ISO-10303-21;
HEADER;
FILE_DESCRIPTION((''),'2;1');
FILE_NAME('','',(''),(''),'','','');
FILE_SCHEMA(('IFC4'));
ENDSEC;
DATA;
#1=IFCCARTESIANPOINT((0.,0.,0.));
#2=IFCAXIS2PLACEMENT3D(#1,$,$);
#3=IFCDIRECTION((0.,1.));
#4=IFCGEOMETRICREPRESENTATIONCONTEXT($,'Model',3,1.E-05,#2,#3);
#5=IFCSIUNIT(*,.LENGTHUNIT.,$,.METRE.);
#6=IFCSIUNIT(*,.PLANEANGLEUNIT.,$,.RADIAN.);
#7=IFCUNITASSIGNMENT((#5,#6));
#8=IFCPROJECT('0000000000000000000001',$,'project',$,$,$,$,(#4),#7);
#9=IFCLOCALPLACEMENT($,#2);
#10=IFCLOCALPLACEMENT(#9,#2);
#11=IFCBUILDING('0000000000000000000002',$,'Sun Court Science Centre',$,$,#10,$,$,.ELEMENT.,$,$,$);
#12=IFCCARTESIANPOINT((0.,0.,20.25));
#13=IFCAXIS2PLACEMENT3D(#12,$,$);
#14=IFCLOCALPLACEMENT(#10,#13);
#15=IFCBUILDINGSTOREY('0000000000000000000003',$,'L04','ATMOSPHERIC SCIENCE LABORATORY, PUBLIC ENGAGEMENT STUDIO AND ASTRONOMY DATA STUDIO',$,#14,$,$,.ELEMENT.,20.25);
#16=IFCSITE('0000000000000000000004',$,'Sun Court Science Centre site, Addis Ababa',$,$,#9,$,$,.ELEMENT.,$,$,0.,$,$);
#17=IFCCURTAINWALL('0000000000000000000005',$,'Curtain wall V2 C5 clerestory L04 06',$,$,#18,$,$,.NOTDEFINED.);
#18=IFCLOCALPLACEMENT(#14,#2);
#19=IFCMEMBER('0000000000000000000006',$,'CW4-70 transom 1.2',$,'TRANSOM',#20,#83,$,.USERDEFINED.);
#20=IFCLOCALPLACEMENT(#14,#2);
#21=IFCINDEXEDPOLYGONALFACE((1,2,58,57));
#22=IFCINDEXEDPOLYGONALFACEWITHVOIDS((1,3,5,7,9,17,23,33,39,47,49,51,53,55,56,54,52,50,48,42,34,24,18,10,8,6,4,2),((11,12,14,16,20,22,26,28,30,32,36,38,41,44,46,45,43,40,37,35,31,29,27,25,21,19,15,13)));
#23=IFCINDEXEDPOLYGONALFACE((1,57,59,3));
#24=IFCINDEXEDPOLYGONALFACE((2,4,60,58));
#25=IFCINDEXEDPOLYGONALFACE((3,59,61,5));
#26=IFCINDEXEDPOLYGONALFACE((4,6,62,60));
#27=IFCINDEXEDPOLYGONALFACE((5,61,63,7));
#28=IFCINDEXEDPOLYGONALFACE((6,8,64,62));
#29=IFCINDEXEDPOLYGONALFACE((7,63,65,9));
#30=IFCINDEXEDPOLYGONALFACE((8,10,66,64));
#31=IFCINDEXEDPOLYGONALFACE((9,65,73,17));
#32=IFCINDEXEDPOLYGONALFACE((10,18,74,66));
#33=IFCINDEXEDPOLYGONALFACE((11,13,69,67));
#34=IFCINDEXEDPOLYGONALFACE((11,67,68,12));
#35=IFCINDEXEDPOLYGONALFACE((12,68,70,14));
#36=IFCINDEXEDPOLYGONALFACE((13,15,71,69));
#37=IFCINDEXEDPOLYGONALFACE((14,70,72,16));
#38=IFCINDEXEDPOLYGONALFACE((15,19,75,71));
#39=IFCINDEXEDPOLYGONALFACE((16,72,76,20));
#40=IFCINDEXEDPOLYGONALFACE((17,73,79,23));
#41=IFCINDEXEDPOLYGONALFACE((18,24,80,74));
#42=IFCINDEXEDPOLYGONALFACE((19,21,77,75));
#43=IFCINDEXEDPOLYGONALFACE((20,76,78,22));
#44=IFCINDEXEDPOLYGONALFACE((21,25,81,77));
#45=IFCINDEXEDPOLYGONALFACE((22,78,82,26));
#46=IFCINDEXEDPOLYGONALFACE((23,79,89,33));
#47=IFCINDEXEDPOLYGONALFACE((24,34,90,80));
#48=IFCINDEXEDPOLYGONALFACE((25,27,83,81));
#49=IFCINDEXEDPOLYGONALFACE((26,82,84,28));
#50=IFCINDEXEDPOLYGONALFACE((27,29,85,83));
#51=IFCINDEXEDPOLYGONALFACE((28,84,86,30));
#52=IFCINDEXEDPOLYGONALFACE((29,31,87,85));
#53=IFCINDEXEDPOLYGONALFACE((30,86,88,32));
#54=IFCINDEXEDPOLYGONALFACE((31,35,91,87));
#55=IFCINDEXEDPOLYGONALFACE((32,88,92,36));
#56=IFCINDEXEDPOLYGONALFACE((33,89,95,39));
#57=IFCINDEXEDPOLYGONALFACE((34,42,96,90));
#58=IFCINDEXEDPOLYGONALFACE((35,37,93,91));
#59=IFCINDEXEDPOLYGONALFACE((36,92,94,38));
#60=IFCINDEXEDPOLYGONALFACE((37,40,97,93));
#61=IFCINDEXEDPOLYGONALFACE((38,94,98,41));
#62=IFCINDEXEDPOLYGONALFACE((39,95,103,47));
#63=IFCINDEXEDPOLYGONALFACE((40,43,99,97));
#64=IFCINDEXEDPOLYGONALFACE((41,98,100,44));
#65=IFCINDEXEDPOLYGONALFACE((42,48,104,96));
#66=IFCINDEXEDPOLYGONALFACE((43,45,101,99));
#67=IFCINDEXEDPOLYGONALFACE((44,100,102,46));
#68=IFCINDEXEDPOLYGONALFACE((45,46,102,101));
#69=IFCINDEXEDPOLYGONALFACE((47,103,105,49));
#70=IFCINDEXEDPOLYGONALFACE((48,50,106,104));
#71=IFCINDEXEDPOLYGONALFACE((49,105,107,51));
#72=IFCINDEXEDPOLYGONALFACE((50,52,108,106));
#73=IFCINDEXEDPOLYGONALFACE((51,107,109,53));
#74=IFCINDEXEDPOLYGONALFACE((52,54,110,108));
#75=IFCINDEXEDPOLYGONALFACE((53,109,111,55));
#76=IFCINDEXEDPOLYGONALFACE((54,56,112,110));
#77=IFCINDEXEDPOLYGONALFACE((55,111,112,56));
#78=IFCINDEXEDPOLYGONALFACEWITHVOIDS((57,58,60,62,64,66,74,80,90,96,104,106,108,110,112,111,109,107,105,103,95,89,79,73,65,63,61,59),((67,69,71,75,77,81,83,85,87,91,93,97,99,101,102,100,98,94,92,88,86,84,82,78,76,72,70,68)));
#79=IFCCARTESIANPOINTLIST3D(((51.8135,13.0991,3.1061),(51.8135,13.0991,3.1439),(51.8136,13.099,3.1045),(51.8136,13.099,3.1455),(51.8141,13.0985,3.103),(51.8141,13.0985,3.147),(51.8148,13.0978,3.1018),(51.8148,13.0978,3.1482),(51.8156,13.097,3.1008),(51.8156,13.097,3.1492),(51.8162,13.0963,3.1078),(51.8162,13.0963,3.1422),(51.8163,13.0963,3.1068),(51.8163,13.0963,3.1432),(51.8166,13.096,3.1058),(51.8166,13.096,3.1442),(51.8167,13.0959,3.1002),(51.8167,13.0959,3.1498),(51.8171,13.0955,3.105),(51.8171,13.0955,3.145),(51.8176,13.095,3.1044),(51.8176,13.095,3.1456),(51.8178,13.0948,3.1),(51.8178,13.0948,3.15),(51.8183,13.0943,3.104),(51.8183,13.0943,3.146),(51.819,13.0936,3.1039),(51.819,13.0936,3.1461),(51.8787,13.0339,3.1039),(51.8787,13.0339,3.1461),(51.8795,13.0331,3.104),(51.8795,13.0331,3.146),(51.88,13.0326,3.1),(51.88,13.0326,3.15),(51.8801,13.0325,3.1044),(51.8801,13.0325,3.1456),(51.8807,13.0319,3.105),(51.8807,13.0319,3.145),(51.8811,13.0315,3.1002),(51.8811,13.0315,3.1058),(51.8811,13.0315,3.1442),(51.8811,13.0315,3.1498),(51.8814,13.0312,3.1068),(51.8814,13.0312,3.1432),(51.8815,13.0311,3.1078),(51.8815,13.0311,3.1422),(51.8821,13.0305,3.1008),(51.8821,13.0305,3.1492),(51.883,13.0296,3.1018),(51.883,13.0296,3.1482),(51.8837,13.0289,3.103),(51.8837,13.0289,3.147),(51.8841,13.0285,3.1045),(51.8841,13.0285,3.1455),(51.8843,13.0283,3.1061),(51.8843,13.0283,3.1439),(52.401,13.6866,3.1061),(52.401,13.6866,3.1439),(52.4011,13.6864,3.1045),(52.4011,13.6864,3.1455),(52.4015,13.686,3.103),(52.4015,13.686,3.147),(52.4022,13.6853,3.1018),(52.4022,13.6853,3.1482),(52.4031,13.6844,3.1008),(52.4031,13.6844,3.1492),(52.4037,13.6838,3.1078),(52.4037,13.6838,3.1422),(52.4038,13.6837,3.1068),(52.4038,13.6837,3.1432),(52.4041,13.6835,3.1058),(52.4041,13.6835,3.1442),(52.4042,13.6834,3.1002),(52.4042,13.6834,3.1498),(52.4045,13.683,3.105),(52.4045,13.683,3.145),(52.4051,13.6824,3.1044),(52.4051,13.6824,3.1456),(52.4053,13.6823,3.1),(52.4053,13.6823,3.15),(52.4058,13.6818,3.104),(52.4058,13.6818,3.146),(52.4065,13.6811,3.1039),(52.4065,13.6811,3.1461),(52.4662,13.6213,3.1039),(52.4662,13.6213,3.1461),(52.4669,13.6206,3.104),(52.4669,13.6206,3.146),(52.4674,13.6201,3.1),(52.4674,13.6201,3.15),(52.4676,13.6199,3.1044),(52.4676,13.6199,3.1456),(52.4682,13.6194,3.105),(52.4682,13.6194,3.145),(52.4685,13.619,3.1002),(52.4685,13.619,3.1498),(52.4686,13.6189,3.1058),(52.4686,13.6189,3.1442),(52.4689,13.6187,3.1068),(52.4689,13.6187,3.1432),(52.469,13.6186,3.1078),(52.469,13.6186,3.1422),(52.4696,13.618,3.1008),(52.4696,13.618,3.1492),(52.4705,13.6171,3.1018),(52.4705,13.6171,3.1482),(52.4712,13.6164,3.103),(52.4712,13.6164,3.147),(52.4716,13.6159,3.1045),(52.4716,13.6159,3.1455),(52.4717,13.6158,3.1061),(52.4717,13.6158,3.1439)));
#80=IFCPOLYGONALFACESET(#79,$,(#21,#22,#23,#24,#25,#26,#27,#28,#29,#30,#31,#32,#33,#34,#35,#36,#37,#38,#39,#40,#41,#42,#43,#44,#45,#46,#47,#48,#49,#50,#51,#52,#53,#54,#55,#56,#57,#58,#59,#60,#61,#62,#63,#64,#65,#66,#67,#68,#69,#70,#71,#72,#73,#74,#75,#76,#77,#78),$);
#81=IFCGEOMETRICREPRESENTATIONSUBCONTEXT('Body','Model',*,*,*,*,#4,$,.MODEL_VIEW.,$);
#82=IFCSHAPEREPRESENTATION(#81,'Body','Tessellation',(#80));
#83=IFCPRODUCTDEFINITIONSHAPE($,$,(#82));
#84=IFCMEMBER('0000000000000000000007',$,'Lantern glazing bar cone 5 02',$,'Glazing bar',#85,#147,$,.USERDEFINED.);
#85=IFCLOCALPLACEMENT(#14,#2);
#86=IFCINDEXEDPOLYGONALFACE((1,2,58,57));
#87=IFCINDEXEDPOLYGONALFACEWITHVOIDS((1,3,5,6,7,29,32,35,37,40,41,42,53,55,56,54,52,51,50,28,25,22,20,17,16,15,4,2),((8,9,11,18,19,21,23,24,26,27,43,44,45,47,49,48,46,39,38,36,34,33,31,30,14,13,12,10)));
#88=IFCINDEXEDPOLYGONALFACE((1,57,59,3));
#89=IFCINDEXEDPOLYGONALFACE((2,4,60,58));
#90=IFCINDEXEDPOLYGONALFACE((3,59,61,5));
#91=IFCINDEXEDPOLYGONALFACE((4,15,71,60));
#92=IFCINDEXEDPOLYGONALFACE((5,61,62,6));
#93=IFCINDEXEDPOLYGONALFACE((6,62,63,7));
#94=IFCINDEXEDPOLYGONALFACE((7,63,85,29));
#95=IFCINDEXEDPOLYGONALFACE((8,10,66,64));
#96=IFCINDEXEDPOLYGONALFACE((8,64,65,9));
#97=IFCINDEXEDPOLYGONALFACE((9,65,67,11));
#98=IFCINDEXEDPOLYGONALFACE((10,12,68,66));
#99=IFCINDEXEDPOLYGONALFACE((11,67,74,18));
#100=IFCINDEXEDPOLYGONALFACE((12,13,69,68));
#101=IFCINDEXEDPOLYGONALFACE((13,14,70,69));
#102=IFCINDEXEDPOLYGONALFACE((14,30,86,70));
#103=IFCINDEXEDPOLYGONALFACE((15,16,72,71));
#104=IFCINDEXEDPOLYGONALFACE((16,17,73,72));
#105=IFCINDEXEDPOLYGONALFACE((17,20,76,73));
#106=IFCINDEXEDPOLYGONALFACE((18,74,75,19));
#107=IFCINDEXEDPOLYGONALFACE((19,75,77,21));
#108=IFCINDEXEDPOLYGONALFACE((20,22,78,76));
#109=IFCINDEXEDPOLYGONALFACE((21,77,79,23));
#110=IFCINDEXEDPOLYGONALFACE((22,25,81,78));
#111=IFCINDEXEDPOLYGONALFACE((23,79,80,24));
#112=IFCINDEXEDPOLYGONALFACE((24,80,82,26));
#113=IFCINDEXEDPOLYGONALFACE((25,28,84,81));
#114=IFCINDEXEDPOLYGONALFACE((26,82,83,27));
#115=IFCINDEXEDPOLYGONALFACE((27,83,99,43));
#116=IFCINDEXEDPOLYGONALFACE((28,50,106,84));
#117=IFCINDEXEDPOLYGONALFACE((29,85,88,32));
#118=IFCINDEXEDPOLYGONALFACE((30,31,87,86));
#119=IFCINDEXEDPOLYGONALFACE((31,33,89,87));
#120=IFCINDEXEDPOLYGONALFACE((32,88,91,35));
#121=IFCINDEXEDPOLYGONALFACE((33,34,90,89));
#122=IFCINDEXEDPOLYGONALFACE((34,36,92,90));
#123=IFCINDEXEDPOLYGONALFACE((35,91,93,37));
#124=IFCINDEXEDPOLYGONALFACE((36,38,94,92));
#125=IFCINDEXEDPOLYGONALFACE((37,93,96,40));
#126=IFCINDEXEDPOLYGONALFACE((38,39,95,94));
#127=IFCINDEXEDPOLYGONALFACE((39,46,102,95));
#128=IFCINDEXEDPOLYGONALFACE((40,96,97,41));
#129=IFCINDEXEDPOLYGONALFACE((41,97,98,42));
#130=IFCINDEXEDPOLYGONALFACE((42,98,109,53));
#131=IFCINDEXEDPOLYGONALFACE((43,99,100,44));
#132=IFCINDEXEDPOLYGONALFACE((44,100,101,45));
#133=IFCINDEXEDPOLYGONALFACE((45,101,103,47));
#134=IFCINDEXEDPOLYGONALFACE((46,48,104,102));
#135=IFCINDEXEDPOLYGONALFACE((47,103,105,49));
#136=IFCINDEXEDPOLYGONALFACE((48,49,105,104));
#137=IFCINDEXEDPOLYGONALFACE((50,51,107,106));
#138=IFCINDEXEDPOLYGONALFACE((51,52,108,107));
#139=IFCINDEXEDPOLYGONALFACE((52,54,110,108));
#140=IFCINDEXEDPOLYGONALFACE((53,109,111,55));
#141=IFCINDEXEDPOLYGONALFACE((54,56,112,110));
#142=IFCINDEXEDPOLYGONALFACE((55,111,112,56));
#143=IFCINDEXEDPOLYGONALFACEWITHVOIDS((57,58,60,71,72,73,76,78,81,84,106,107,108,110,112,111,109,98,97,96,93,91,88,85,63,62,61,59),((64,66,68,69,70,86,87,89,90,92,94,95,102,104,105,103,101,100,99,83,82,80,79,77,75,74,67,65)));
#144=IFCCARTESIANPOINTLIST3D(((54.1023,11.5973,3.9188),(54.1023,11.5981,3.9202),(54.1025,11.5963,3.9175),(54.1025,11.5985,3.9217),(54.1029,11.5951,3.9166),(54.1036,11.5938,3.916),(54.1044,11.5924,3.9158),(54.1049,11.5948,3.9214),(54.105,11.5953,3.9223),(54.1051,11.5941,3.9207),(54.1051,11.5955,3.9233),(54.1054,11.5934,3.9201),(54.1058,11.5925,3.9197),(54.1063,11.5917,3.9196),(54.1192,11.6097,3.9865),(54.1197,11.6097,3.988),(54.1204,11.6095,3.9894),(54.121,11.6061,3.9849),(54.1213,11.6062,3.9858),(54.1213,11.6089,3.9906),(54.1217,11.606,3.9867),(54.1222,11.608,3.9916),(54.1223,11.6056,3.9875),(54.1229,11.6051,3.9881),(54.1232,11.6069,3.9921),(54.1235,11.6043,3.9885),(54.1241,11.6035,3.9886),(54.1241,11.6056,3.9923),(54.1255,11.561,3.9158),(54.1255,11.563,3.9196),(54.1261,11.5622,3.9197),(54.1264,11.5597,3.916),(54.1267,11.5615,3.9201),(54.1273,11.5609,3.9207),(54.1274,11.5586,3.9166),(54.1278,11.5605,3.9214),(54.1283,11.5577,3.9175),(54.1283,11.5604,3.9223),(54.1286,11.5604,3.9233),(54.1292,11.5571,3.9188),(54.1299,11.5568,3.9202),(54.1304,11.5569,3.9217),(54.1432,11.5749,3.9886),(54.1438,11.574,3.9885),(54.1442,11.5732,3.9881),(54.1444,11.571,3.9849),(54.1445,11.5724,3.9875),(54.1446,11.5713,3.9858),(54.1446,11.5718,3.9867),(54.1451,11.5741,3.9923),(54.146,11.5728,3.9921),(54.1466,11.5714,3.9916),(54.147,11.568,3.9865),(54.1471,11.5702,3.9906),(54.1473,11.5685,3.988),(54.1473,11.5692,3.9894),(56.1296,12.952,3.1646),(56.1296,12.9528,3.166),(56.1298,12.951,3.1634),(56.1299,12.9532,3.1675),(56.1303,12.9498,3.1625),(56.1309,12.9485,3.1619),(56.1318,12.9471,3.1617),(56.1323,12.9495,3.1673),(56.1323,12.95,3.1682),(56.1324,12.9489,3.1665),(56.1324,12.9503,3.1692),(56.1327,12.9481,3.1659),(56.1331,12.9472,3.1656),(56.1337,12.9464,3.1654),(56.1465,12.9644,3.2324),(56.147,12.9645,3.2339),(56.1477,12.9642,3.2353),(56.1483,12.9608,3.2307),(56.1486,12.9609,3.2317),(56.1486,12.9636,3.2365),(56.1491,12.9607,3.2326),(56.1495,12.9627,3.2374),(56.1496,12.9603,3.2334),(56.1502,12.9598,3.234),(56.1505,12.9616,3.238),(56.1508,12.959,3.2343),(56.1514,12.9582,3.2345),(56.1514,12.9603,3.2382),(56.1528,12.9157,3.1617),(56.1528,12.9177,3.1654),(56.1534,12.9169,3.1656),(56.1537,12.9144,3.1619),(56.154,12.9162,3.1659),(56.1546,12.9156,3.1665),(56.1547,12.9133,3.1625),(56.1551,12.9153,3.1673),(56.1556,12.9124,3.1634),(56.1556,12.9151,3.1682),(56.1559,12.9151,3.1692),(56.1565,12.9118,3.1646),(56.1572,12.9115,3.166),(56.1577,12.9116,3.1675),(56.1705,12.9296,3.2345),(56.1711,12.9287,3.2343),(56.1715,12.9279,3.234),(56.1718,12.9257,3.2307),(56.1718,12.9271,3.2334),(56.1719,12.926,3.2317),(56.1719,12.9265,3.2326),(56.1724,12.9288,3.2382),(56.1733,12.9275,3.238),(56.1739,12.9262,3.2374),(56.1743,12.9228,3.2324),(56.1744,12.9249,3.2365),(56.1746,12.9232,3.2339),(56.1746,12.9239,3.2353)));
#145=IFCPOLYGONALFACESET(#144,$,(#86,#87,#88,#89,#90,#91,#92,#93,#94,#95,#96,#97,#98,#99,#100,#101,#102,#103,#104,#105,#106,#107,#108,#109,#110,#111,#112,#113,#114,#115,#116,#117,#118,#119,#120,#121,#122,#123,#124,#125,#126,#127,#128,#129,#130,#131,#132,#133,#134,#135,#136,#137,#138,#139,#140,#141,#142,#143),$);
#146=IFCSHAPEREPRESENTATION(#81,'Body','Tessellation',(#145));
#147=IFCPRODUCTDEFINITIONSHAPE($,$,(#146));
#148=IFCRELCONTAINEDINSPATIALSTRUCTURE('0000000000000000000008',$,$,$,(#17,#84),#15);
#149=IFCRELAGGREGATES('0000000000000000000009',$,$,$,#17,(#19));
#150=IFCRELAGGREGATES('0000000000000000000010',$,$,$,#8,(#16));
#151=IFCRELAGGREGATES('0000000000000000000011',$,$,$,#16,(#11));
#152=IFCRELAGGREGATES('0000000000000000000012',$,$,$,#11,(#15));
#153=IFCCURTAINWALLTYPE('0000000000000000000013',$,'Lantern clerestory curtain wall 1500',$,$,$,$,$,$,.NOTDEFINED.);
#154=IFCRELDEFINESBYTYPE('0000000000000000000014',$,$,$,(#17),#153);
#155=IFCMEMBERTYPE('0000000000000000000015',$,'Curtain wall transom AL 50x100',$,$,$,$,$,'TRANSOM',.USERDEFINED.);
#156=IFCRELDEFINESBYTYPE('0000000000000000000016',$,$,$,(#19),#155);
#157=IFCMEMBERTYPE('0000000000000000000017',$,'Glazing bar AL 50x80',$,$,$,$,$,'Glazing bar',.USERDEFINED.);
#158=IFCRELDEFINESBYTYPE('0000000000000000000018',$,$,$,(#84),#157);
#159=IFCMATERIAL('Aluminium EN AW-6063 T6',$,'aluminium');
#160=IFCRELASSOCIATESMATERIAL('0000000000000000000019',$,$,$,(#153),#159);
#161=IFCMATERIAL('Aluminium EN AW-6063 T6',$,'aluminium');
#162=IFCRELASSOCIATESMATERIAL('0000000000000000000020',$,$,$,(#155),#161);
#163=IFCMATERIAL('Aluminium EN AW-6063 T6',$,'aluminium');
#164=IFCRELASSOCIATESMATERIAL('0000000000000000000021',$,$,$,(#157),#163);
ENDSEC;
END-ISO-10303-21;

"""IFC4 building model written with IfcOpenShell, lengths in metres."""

from ifc_helpers import new_model, si_unit, direction, frame, origin, origin_2d, place, context, subcontext, project, spatial, hollow_rectangle, extrude, material, material_profile, profile_set, type_object, element, aggregate, save


model = new_model("IFC4")

# Units and contexts
model_context = context("Model", 3, precision=1e-05, world=origin(), true_north=direction((0.0, 1.0)))
body_context = subcontext(model_context, "Body", "Model", "MODEL_VIEW")
ifc_project = project(units=[si_unit("LENGTHUNIT", "METRE"), si_unit("PLANEANGLEUNIT", "RADIAN")], contexts=[model_context])

# Site, building, storey
site_placement = place(None, origin())
site = spatial("IfcSite", under=ifc_project, at=site_placement, Name="Sun Court Science Centre site, Addis Ababa", CompositionType="ELEMENT", RefElevation=0.0)
building_placement = place(site_placement, origin())
building = spatial("IfcBuilding", under=site, at=building_placement, Name="Sun Court Science Centre", CompositionType="ELEMENT")
storey_placement = place(building_placement, frame((0.0, 0.0, 20.25)))
storey = spatial("IfcBuildingStorey", under=building, at=storey_placement, Name="L04", Description="ATMOSPHERIC SCIENCE LABORATORY, PUBLIC ENGAGEMENT STUDIO AND ASTRONOMY DATA STUDIO", CompositionType="ELEMENT", Elevation=20.25)

# Shared definitions
ifc_material_1 = material(Name="Aluminium EN AW-6063 T6", Category="aluminium")
curtain_wall_type = type_object("IfcCurtainWallType", Name="Lantern clerestory curtain wall 1500", PredefinedType="NOTDEFINED", material=ifc_material_1)

# Shared definitions
ifc_material_2 = material(Name="Aluminium EN AW-6063 T6", Category="aluminium")
ifc_material_profile_1 = material_profile(ifc_material_2, hollow_rectangle(XDim=0.05, YDim=0.1001, WallThickness=0.0039, InnerFilletRadius=0.0039, OuterFilletRadius=0.0061, at=origin_2d()), Name="AL 50x100x4")
ifc_profile_set_1 = profile_set([ifc_material_profile_1], Name="Aluminium EN AW-6063 T6")
member_type_1 = type_object("IfcMemberType", Name="Curtain wall transom AL 50x100", ElementType="TRANSOM", PredefinedType="USERDEFINED", material=ifc_profile_set_1)

# Curtain wall, member
curtain_wall_1_placement = place(storey_placement, origin())
curtain_wall_1 = element("IfcCurtainWall", 1, at=curtain_wall_1_placement, inside=storey, type_object=curtain_wall_type, Name="Curtain wall V2 C5 clerestory L04 06", PredefinedType="NOTDEFINED")
member_1_placement = place(storey_placement, frame((51.8489, 13.0637, 3.125), z_axis=(0.707107, 0.707107, 0.0), x_axis=(0.0, 0.0, 1.0)))
member_1 = element("IfcMember", 2, at=member_1_placement, type_object=member_type_1, Name="CW4-70 transom 1.2", ObjectType="TRANSOM", PredefinedType="USERDEFINED", context=body_context, shape_type="SweptSolid", body=[
    extrude(hollow_rectangle(XDim=0.05, YDim=0.1001, WallThickness=0.0039, InnerFilletRadius=0.0039, OuterFilletRadius=0.0061, at=origin_2d()), origin(), (0.0, 0.0, 1.0), 0.8308),
])

# Member
ifc_material_3 = material(Name="Aluminium EN AW-6063 T6", Category="aluminium")
ifc_material_profile_2 = material_profile(ifc_material_3, hollow_rectangle(XDim=0.05, YDim=0.0801, WallThickness=0.0039, InnerFilletRadius=0.0039, OuterFilletRadius=0.0061, at=origin_2d()), Name="AL 50x80x4")
ifc_profile_set_2 = profile_set([ifc_material_profile_2], Name="Aluminium EN AW-6063 T6")
member_type_2 = type_object("IfcMemberType", Name="Glazing bar AL 50x80", ElementType="Glazing bar", PredefinedType="USERDEFINED", material=ifc_profile_set_2)
for number, where, z_axis, x_axis, name in (
    (3, (56.1521, 12.938, 3.2), (-0.794324, -0.530793, 0.29548), (0.555601, -0.831449, 0.0), "Lantern glazing bar cone 5 02"),
):
    element("IfcMember", number, at=place(storey_placement, frame(where, z_axis=z_axis, x_axis=x_axis)), inside=storey, type_object=member_type_2, Name=name, ObjectType="Glazing bar", PredefinedType="USERDEFINED", context=body_context, shape_type="SweptSolid", body=[
        extrude(hollow_rectangle(XDim=0.05, YDim=0.0801, WallThickness=0.0039, InnerFilletRadius=0.0039, OuterFilletRadius=0.0061, at=origin_2d()), origin(), (0.0, 0.0, 1.0), 2.5522),
    ])

aggregate(curtain_wall_1, [member_1])

save(model, "model.ifc")
